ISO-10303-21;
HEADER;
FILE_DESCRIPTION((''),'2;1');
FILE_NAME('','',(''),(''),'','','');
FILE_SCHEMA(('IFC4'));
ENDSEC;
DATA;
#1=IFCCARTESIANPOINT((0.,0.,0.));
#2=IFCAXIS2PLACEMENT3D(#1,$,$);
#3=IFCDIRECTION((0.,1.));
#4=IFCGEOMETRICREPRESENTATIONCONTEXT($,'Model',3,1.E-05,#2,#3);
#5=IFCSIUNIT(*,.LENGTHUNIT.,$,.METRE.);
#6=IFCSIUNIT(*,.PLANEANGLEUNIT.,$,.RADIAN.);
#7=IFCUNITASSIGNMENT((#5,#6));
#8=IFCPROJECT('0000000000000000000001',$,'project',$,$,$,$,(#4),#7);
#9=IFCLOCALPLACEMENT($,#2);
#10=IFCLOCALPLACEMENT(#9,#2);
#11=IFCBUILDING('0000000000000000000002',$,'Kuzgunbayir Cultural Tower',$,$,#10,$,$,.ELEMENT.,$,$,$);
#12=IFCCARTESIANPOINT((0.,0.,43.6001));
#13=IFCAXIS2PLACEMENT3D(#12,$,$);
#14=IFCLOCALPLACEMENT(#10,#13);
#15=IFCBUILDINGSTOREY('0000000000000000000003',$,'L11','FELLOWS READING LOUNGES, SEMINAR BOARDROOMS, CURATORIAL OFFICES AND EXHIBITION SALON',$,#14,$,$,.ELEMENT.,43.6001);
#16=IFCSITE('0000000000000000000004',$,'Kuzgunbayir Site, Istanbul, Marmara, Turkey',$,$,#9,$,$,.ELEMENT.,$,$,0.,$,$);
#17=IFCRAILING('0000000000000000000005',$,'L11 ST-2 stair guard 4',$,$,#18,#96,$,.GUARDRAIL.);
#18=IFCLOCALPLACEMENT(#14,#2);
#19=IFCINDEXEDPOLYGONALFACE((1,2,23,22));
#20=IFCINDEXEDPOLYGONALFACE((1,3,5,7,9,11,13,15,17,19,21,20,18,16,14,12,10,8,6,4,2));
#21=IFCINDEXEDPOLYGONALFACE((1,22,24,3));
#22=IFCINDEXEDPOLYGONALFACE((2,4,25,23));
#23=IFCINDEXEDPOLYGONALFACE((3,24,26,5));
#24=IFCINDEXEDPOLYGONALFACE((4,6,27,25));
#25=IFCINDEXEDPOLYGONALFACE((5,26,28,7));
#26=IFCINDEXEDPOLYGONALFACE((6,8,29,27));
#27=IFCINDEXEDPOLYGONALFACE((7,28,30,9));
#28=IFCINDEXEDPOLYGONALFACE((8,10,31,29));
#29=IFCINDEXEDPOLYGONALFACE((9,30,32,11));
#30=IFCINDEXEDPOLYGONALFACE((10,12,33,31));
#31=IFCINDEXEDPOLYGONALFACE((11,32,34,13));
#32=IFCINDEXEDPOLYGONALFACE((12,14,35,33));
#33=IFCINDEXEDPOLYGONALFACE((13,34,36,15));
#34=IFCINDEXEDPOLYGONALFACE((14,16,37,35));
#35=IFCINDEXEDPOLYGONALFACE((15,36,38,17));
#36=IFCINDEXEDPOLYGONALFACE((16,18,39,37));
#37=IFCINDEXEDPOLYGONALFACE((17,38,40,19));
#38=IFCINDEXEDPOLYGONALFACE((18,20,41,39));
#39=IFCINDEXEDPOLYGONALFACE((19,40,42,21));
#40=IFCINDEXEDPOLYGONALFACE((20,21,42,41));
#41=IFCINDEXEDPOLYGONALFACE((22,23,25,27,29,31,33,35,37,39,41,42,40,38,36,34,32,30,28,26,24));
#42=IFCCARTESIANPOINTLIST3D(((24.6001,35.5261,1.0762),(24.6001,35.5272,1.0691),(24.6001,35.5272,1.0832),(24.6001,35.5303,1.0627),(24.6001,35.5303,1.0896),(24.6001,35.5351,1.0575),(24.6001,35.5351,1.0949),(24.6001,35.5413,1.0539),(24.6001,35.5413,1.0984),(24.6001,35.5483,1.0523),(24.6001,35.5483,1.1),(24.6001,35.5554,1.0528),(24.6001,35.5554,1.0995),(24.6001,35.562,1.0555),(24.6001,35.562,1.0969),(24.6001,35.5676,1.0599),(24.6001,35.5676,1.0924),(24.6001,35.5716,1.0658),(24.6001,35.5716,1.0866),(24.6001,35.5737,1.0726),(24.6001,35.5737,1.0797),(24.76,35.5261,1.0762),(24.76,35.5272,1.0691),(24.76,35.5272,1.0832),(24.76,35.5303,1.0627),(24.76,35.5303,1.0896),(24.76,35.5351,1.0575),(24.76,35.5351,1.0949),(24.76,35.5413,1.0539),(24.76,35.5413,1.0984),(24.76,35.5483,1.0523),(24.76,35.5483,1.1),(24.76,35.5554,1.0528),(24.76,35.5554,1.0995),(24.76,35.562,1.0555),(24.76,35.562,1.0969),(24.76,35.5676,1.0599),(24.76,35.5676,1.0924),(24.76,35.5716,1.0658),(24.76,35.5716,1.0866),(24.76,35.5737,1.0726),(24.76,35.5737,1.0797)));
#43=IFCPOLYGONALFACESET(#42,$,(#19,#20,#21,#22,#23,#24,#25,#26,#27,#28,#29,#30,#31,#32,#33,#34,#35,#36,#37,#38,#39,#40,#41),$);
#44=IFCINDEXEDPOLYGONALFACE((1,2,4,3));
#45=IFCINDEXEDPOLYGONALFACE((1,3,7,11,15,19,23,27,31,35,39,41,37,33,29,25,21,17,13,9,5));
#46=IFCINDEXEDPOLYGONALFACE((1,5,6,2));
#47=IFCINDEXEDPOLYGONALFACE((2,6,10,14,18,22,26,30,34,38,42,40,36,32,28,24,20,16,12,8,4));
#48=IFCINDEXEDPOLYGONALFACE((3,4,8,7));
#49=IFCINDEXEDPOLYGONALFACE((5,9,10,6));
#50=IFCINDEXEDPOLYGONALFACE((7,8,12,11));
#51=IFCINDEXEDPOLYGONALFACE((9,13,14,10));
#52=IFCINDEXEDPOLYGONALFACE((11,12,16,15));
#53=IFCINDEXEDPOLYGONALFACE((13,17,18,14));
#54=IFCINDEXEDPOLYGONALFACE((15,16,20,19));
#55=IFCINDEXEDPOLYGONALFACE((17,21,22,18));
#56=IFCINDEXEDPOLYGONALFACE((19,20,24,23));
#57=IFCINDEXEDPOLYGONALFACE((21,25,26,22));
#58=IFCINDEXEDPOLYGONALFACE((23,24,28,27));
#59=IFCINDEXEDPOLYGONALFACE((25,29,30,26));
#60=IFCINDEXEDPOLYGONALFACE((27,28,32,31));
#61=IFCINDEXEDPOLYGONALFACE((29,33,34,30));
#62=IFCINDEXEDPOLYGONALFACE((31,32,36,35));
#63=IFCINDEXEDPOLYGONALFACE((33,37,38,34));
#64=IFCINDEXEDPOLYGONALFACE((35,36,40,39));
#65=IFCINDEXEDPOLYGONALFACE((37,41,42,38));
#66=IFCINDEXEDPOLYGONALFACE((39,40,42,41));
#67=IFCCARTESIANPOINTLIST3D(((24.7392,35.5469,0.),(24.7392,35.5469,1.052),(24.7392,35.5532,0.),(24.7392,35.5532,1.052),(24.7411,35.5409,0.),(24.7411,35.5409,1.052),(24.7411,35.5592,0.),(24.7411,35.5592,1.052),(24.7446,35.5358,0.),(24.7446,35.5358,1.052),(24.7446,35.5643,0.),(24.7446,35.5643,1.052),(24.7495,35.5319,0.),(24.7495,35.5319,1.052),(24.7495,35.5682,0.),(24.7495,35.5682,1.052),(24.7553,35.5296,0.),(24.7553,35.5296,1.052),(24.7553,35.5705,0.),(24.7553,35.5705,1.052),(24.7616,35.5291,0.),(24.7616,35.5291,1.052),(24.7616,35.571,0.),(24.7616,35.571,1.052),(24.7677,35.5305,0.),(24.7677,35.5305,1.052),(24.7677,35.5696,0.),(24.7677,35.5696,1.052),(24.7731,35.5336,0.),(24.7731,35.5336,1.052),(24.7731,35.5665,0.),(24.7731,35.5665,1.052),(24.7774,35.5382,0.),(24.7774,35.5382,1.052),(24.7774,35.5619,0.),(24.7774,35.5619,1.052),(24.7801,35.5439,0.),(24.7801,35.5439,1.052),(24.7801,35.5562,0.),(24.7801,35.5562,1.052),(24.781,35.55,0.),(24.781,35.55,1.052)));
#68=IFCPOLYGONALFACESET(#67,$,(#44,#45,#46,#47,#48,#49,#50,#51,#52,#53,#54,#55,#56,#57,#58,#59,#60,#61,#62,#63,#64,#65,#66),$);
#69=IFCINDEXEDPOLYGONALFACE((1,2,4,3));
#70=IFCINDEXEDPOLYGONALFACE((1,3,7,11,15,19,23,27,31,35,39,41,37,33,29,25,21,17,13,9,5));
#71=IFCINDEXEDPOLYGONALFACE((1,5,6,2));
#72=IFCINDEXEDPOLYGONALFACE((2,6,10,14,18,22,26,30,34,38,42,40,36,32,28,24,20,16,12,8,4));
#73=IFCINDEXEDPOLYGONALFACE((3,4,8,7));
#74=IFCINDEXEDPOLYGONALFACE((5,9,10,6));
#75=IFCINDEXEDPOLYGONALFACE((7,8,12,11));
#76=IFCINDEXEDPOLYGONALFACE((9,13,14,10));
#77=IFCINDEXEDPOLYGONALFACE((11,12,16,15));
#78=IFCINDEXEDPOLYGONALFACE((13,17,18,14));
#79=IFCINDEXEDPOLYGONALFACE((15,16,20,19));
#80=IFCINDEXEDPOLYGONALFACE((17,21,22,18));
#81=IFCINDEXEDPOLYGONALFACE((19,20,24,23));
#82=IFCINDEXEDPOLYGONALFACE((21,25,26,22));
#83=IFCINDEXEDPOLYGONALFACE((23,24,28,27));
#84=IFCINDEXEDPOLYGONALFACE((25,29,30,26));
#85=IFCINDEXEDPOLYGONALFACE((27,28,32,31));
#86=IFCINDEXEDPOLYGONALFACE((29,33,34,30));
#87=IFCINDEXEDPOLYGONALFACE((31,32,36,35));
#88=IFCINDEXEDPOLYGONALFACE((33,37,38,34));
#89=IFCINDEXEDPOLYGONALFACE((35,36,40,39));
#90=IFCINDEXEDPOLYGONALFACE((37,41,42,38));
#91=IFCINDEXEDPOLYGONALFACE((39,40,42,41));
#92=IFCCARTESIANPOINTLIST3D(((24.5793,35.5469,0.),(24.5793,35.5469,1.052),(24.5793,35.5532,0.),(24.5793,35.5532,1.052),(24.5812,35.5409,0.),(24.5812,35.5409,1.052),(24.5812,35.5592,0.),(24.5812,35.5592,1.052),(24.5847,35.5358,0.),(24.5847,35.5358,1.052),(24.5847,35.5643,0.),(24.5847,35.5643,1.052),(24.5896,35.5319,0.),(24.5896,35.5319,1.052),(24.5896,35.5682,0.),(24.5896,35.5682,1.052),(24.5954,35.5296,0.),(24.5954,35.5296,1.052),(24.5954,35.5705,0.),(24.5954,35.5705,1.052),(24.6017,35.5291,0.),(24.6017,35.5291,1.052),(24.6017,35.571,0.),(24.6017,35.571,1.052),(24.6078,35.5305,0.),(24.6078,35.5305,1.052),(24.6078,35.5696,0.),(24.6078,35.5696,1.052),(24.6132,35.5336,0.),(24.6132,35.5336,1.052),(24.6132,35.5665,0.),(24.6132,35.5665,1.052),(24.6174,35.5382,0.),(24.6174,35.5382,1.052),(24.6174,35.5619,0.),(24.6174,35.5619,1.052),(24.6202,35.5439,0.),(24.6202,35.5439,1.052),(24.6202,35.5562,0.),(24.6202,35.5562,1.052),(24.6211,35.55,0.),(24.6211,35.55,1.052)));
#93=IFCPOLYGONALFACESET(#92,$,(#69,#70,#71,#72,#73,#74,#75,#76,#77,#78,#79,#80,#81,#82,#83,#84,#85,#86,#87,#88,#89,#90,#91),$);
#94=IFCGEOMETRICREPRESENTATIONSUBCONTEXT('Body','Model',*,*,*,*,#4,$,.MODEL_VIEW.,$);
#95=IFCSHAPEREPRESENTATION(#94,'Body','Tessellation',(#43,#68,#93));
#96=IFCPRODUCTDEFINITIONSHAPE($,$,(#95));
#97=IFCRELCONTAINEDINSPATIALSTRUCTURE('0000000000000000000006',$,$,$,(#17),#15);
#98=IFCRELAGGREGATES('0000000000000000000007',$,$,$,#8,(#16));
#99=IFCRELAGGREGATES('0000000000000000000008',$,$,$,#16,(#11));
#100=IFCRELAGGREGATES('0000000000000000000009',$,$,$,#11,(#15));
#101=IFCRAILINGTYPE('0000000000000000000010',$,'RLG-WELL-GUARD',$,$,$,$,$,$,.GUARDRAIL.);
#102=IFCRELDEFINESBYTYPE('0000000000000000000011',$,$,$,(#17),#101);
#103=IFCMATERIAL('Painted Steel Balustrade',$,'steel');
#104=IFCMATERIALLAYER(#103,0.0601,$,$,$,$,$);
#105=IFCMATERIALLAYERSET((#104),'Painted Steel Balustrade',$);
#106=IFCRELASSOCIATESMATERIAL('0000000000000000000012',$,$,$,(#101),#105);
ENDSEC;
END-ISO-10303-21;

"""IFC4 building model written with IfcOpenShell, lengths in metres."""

from ifc_helpers import new_model, si_unit, direction, frame, origin, origin_2d, place, context, subcontext, project, spatial, circle, extrude, material, layer, layer_set, type_object, element, save


model = new_model("IFC4")

# Units and contexts
model_context = context("Model", 3, precision=1e-05, world=origin(), true_north=direction((0.0, 1.0)))
body_context = subcontext(model_context, "Body", "Model", "MODEL_VIEW")
ifc_project = project(units=[si_unit("LENGTHUNIT", "METRE"), si_unit("PLANEANGLEUNIT", "RADIAN")], contexts=[model_context])

# Site, building, storey
site_placement = place(None, origin())
site = spatial("IfcSite", under=ifc_project, at=site_placement, Name="Kuzgunbayir Site, Istanbul, Marmara, Turkey", CompositionType="ELEMENT", RefElevation=0.0)
building_placement = place(site_placement, origin())
building = spatial("IfcBuilding", under=site, at=building_placement, Name="Kuzgunbayir Cultural Tower", CompositionType="ELEMENT")
storey_placement = place(building_placement, frame((0.0, 0.0, 43.6001)))
storey = spatial("IfcBuildingStorey", under=building, at=storey_placement, Name="L11", Description="FELLOWS READING LOUNGES, SEMINAR BOARDROOMS, CURATORIAL OFFICES AND EXHIBITION SALON", CompositionType="ELEMENT", Elevation=43.6001)

# Railing
ifc_material_1 = material(Name="Painted Steel Balustrade", Category="steel")
ifc_layer_1 = layer(ifc_material_1, 0.0601)
ifc_layer_set_1 = layer_set([ifc_layer_1], Name="Painted Steel Balustrade")
railing_type_1 = type_object("IfcRailingType", Name="RLG-WELL-GUARD", PredefinedType="GUARDRAIL", material=ifc_layer_set_1)
railing_1_placement = place(storey_placement, frame((24.76, 35.55, 0.0)))
element("IfcRailing", 1, at=railing_1_placement, inside=storey, type_object=railing_type_1, Name="L11 ST-2 stair guard 4", PredefinedType="GUARDRAIL", context=body_context, shape_type="SweptSolid", body=[
    extrude(circle(Radius=0.0239, at=origin_2d()), frame((0.0, 0.0, 1.0762), z_axis=(-1.0, 0.0, 0.0), x_axis=(0.0, -1.0, 0.0)), (0.0, 0.0, 1.0), 0.1599),
    extrude(circle(Radius=0.021, at=origin_2d()), origin(), (0.0, 0.0, 1.0), 1.052),
    extrude(circle(Radius=0.021, at=origin_2d()), frame((-0.1599, 0.0, 0.0)), (0.0, 0.0, 1.0), 1.052),
])

save(model, "model.ifc")
